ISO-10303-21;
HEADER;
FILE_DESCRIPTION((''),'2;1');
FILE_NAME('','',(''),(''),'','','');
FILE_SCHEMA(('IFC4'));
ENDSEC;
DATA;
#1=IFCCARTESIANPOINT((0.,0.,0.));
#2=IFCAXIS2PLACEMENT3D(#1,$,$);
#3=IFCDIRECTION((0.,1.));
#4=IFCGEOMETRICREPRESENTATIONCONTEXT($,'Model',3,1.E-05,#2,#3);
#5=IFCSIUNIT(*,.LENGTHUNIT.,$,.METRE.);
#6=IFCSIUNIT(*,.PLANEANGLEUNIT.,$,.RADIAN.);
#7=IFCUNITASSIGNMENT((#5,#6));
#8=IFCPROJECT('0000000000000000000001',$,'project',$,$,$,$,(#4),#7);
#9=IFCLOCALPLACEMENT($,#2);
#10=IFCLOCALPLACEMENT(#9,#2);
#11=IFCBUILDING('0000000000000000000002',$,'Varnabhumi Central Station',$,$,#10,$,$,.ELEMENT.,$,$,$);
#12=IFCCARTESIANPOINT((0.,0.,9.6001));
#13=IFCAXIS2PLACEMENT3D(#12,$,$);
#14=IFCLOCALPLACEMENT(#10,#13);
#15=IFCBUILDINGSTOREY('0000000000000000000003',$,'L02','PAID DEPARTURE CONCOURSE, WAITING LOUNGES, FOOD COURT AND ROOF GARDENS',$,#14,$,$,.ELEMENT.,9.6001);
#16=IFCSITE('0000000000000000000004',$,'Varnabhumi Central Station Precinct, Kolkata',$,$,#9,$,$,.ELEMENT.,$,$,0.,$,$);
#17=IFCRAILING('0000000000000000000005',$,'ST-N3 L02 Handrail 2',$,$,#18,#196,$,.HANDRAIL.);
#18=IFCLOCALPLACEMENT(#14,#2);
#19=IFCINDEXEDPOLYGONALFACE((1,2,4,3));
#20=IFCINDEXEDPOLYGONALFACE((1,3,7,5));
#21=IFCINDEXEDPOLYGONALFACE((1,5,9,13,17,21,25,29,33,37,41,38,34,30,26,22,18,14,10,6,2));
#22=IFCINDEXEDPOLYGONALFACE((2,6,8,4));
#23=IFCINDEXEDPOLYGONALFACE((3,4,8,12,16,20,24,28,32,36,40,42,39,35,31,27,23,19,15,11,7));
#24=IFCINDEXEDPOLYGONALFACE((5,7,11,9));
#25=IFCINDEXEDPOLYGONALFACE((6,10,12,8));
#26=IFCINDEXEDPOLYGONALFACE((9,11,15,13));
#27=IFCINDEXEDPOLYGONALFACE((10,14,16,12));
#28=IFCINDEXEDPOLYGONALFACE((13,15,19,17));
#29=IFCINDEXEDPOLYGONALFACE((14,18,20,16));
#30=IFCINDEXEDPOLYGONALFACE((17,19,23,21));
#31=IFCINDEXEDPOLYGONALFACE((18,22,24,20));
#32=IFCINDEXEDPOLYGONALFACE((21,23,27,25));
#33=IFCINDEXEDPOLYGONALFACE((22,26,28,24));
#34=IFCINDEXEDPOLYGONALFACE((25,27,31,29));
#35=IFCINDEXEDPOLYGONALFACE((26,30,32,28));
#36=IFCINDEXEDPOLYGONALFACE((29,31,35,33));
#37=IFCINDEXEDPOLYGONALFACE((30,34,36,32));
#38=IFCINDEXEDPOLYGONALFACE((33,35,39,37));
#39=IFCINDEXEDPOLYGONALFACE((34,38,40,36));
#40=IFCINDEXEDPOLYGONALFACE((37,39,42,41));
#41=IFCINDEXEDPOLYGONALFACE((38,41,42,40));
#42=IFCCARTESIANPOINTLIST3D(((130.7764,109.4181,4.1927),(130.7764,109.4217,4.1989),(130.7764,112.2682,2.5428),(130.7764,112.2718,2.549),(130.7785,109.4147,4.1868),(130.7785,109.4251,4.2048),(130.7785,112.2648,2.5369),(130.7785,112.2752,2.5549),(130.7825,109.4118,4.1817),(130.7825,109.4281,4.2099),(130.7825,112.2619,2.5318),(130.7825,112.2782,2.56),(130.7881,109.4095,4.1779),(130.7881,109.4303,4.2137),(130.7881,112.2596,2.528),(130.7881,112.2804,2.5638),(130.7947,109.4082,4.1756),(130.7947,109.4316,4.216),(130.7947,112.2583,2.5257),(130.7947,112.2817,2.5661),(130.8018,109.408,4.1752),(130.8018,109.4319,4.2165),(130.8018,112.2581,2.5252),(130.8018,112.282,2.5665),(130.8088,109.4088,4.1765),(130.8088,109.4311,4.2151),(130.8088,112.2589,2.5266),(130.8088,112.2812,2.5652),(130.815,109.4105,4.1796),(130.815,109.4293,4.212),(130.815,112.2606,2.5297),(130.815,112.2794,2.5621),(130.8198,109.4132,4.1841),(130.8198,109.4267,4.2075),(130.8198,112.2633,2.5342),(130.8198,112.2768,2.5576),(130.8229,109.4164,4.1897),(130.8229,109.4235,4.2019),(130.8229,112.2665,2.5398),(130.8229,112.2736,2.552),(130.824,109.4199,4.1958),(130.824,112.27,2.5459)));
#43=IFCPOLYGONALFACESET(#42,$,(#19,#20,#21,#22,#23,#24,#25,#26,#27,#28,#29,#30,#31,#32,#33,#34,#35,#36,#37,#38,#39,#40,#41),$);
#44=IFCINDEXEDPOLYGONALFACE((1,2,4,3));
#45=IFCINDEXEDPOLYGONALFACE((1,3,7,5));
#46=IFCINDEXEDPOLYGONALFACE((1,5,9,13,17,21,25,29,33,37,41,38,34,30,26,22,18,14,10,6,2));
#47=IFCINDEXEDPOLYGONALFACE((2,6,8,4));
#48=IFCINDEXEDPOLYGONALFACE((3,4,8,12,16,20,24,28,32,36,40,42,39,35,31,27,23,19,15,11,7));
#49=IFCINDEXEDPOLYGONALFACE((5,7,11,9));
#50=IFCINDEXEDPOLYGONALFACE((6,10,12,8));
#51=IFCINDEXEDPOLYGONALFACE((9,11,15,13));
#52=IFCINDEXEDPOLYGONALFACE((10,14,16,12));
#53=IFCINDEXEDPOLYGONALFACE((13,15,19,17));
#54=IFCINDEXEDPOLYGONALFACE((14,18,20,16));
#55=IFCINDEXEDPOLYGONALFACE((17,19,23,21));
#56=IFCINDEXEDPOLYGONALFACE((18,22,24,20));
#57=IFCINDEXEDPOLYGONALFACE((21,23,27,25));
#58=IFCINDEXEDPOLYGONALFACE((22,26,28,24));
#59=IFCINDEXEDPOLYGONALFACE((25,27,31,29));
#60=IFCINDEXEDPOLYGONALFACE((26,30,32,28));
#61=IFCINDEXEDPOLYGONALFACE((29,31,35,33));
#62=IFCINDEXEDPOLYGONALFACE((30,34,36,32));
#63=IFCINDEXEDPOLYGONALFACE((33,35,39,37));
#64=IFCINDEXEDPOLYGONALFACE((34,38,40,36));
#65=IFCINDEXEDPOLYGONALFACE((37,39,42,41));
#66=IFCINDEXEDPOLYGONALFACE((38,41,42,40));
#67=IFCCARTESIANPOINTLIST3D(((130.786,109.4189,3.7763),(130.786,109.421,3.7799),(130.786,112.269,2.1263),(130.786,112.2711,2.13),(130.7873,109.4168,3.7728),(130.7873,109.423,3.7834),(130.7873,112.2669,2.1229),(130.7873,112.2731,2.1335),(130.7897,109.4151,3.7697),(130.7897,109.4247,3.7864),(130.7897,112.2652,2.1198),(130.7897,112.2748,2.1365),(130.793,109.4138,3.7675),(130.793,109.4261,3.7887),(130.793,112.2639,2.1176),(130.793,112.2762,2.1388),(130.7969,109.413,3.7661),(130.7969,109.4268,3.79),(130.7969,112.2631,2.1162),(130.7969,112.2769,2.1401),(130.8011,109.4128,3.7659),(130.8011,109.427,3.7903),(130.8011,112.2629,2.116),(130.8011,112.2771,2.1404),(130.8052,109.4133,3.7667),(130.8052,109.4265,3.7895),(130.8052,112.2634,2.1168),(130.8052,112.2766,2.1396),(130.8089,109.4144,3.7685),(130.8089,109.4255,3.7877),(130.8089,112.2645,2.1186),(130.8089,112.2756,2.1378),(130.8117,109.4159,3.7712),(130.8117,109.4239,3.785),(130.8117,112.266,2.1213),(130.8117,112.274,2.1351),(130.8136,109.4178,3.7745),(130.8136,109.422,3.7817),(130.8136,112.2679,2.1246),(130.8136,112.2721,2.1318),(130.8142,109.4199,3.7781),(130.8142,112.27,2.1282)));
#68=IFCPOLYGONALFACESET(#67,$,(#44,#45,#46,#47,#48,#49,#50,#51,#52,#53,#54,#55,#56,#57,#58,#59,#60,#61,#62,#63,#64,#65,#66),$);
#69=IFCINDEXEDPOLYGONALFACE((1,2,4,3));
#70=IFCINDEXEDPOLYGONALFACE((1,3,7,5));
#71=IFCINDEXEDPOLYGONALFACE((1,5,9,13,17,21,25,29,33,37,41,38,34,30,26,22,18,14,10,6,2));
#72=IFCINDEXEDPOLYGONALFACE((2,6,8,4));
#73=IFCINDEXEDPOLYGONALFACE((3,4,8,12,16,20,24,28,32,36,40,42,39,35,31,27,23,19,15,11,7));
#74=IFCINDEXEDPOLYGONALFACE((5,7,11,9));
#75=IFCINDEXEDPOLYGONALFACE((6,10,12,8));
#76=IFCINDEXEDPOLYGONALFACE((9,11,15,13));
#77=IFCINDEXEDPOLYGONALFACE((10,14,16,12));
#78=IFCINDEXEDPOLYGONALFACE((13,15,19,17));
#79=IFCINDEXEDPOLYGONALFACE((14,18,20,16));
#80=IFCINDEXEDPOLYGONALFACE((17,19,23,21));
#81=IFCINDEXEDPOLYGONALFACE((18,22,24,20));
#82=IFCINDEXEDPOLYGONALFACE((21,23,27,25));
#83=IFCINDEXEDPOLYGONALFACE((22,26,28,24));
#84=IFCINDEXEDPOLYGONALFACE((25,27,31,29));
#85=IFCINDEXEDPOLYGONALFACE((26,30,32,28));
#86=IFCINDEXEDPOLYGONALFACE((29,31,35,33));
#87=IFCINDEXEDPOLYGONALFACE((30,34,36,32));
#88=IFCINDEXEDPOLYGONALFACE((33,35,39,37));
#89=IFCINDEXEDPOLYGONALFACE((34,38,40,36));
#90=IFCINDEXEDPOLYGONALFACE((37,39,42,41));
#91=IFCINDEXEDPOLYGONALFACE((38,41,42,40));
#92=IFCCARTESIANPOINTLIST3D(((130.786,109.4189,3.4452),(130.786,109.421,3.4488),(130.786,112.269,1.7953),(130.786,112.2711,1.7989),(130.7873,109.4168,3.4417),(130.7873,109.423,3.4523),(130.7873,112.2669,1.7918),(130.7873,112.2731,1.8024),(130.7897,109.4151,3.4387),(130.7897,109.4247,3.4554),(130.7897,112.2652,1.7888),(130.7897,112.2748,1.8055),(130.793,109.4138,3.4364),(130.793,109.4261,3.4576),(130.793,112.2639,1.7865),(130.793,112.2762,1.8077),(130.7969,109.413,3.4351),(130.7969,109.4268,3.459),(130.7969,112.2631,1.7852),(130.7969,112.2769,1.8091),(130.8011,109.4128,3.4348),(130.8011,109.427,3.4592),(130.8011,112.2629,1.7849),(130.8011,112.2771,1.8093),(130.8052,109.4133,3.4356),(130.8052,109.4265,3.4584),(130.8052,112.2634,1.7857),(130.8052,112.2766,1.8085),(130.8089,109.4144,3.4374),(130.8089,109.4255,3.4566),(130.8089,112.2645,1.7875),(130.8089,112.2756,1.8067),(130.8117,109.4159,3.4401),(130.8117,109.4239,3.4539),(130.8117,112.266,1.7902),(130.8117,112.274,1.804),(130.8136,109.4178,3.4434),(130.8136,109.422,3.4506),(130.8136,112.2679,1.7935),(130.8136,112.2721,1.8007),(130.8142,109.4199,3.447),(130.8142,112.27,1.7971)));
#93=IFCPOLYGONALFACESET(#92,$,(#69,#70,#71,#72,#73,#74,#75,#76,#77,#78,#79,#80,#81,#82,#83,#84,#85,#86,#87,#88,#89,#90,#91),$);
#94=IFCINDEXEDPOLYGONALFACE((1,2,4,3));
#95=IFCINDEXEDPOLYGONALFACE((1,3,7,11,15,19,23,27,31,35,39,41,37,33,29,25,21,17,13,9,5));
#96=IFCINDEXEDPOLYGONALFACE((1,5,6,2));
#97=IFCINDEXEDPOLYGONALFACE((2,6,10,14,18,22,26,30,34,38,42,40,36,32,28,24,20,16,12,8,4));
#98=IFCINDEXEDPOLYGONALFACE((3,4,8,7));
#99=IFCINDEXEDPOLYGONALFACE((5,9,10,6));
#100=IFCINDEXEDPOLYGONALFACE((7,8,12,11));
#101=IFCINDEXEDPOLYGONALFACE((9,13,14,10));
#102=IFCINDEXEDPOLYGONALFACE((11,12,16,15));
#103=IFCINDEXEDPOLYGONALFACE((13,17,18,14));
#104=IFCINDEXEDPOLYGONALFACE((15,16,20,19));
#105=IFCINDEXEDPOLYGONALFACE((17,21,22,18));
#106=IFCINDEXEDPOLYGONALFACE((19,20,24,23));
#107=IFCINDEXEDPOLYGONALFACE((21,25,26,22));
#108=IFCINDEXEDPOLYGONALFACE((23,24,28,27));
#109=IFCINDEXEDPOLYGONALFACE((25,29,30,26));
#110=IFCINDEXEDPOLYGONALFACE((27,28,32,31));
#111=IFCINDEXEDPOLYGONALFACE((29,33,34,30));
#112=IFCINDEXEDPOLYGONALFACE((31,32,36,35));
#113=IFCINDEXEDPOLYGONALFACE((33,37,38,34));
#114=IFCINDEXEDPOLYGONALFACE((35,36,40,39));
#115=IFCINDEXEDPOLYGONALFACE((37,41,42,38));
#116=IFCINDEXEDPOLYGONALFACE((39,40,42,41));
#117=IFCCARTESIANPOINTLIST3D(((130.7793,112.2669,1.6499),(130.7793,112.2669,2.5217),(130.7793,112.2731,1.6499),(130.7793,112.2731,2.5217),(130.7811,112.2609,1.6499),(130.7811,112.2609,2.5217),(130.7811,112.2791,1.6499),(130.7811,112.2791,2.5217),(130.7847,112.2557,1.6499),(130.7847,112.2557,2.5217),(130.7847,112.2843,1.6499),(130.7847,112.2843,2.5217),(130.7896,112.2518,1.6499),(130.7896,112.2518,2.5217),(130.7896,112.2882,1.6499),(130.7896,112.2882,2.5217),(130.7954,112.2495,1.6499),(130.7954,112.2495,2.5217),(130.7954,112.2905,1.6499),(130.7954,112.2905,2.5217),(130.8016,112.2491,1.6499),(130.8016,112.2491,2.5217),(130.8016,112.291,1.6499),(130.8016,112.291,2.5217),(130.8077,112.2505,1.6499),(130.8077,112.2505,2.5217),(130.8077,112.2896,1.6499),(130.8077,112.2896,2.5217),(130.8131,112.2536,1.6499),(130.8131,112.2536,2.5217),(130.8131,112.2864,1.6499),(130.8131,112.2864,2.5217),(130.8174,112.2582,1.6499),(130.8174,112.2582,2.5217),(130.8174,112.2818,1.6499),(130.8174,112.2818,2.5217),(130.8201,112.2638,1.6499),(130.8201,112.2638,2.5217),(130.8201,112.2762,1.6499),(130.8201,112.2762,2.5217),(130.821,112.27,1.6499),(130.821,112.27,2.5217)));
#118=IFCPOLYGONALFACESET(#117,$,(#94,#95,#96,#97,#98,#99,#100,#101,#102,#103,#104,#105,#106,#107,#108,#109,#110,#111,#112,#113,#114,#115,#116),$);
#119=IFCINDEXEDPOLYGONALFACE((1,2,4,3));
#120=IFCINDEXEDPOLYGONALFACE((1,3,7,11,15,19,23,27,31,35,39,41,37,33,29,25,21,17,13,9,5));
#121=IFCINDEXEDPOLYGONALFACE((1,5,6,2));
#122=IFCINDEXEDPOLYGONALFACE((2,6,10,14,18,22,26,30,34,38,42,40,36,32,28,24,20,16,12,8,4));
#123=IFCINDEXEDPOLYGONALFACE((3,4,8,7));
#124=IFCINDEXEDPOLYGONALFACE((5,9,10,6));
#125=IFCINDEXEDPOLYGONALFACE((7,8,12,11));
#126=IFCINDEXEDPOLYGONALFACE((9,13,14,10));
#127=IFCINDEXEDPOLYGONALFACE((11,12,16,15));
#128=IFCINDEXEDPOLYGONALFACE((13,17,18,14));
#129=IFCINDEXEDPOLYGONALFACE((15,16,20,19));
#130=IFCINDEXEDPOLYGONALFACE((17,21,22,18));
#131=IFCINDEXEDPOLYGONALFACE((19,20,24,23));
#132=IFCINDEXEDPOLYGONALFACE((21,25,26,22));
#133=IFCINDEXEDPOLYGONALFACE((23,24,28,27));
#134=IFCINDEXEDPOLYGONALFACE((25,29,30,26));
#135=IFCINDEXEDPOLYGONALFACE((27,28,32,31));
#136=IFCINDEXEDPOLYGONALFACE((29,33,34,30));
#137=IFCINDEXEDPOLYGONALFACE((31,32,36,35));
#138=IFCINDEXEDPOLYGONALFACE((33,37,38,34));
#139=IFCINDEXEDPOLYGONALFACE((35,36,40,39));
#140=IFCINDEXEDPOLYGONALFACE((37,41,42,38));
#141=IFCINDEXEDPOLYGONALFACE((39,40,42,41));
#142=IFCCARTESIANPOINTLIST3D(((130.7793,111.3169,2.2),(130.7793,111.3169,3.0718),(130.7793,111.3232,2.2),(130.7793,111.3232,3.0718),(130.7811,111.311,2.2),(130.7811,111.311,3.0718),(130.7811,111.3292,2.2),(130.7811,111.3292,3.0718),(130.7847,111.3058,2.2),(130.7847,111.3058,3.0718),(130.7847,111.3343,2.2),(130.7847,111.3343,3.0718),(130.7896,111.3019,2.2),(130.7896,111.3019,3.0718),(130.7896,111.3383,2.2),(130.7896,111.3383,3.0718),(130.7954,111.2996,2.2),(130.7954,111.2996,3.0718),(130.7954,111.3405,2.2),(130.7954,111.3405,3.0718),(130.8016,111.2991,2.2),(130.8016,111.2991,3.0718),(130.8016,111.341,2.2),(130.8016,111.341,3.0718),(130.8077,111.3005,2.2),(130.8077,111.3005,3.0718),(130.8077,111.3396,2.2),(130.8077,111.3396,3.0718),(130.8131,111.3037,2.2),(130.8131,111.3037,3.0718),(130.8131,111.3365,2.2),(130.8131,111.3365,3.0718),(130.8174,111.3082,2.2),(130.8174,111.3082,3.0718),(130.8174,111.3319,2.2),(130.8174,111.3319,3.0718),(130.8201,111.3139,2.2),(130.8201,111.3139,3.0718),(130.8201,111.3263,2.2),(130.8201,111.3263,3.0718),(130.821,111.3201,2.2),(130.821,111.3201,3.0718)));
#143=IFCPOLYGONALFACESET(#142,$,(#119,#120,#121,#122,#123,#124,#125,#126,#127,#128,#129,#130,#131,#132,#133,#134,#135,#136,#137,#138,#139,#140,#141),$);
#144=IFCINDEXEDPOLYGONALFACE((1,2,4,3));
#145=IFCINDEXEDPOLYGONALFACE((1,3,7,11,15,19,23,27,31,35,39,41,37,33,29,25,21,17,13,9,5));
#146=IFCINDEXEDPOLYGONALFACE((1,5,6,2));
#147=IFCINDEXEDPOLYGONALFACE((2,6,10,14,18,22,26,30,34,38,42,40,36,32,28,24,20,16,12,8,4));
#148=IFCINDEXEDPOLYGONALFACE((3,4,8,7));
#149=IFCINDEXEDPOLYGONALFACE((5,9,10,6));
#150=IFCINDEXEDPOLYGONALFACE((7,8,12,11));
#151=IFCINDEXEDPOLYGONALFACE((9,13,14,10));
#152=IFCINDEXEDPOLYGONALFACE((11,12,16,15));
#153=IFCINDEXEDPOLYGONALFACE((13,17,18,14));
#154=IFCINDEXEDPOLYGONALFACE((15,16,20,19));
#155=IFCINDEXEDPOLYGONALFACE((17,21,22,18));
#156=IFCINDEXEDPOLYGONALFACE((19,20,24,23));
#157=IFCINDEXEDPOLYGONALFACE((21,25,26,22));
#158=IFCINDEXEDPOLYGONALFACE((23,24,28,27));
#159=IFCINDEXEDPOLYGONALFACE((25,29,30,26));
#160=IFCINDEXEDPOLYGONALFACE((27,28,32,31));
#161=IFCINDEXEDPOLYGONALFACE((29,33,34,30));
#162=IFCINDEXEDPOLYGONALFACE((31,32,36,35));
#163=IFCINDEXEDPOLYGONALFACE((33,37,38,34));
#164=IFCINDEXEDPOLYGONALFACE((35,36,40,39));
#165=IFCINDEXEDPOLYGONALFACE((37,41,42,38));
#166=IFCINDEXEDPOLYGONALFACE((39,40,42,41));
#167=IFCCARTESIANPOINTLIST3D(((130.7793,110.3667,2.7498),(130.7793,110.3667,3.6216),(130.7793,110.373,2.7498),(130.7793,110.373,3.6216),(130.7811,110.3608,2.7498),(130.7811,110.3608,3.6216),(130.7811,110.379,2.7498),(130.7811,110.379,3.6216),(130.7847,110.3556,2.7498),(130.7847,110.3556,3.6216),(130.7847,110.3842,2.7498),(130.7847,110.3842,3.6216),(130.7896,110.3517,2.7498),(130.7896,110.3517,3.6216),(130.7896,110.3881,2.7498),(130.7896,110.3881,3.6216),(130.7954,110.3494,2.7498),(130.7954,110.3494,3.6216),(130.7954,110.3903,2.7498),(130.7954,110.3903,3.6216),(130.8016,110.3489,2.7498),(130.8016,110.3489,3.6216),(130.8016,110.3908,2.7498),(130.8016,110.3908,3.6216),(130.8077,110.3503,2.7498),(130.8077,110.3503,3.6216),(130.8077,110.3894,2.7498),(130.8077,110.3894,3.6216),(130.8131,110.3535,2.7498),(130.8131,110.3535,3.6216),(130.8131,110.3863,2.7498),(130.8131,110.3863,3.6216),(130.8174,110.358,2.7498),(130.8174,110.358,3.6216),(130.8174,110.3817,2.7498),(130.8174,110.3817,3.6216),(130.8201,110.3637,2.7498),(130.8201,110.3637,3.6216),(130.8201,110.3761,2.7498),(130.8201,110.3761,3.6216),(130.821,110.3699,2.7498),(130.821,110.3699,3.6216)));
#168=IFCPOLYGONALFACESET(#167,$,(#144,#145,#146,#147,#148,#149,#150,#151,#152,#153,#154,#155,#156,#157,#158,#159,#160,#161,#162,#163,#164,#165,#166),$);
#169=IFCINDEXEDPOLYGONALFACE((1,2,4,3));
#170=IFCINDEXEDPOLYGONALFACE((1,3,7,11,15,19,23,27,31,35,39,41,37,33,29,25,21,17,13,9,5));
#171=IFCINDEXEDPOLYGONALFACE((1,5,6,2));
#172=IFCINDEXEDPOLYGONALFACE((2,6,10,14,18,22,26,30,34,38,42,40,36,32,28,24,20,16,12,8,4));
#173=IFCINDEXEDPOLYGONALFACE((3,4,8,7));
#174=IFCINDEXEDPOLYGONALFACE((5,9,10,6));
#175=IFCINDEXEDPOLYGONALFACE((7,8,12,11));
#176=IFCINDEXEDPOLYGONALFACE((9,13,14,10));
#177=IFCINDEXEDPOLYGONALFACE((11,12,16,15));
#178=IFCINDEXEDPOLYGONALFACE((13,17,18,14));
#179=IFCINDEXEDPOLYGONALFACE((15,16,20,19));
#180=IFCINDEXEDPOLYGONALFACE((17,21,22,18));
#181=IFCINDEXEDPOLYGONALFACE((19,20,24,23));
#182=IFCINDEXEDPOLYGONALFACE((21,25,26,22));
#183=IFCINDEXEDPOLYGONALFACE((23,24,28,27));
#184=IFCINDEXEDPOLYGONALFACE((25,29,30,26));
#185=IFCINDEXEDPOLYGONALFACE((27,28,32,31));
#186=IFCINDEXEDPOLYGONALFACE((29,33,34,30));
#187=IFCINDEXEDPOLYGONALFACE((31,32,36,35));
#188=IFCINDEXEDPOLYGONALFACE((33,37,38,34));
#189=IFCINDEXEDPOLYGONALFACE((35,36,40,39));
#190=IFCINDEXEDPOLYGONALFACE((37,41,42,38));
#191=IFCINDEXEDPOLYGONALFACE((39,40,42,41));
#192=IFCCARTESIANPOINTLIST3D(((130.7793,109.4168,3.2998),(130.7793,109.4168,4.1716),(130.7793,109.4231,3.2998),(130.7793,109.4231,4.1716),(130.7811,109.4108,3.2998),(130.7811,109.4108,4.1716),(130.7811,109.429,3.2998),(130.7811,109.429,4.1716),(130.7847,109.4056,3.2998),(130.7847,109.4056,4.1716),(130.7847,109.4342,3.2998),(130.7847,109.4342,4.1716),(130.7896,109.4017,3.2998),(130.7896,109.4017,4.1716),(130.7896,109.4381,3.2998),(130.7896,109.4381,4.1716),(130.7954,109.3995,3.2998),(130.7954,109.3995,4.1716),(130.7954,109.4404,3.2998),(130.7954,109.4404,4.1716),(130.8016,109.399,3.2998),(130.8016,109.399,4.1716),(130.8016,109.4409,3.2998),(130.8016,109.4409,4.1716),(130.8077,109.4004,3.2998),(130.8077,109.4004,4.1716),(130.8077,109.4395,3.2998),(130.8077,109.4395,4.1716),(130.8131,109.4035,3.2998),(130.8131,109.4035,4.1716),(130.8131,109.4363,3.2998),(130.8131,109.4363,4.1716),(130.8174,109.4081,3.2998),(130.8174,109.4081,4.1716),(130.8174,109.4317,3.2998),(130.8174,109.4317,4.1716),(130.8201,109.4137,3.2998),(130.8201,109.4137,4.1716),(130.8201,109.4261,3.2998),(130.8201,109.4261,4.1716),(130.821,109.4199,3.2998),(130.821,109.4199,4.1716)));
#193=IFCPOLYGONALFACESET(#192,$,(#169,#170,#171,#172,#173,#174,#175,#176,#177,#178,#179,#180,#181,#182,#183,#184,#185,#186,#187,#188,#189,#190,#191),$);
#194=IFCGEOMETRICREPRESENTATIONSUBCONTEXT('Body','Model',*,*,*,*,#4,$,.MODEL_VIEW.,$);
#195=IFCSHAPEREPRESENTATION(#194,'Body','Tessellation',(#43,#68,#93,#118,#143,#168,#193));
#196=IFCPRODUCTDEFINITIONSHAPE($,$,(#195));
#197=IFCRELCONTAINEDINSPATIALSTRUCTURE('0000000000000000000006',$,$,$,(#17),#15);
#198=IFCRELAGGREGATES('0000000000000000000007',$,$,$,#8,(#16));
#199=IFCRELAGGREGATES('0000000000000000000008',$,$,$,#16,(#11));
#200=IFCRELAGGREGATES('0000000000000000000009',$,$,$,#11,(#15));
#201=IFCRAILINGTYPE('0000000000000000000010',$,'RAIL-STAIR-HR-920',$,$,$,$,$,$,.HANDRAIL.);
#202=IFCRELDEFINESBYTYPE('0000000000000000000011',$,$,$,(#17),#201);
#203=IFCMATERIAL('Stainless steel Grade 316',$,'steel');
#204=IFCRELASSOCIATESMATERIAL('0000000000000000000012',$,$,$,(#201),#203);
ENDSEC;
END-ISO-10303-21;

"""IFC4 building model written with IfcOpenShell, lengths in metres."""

from ifc_helpers import new_model, si_unit, direction, frame, origin, origin_2d, place, context, subcontext, project, spatial, circle, extrude, material, type_object, element, save


model = new_model("IFC4")

# Units and contexts
model_context = context("Model", 3, precision=1e-05, world=origin(), true_north=direction((0.0, 1.0)))
body_context = subcontext(model_context, "Body", "Model", "MODEL_VIEW")
ifc_project = project(units=[si_unit("LENGTHUNIT", "METRE"), si_unit("PLANEANGLEUNIT", "RADIAN")], contexts=[model_context])

# Site, building, storey
site_placement = place(None, origin())
site = spatial("IfcSite", under=ifc_project, at=site_placement, Name="Varnabhumi Central Station Precinct, Kolkata", CompositionType="ELEMENT", RefElevation=0.0)
building_placement = place(site_placement, origin())
building = spatial("IfcBuilding", under=site, at=building_placement, Name="Varnabhumi Central Station", CompositionType="ELEMENT")
storey_placement = place(building_placement, frame((0.0, 0.0, 9.6001)))
storey = spatial("IfcBuildingStorey", under=building, at=storey_placement, Name="L02", Description="PAID DEPARTURE CONCOURSE, WAITING LOUNGES, FOOD COURT AND ROOF GARDENS", CompositionType="ELEMENT", Elevation=9.6001)

# Shared definitions
ifc_material_1 = material(Name="Stainless steel Grade 316", Category="steel")

# Railing
railing_type_1 = type_object("IfcRailingType", Name="RAIL-STAIR-HR-920", PredefinedType="HANDRAIL", material=ifc_material_1)
railing_1_placement = place(storey_placement, frame((130.8, 112.27, 1.6499)))
element("IfcRailing", 1, at=railing_1_placement, inside=storey, type_object=railing_type_1, Name="ST-N3 L02 Handrail 2", PredefinedType="HANDRAIL", context=body_context, shape_type="SweptSolid", body=[
    extrude(circle(Radius=0.0239, at=origin_2d()), frame((0.0, 0.0, 0.896), z_axis=(0.0, -0.865447, 0.501001), x_axis=(1.0, 0.0, 0.0)), (0.0, 0.0, 1.0), 3.2932),
    extrude(circle(Radius=0.0142, at=origin_2d()), frame((0.0, 0.0, 0.4783), z_axis=(0.0, -0.865447, 0.501001), x_axis=(1.0, 0.0, 0.0)), (0.0, 0.0, 1.0), 3.2932),
    extrude(circle(Radius=0.0142, at=origin_2d()), frame((0.0, 0.0, 0.1472), z_axis=(0.0, -0.865447, 0.501001), x_axis=(1.0, 0.0, 0.0)), (0.0, 0.0, 1.0), 3.2932),
    extrude(circle(Radius=0.021, at=origin_2d()), origin(), (0.0, 0.0, 1.0), 0.8718),
    extrude(circle(Radius=0.021, at=origin_2d()), frame((0.0, -0.95, 0.55)), (0.0, 0.0, 1.0), 0.8718),
    extrude(circle(Radius=0.021, at=origin_2d()), frame((0.0, -1.9001, 1.0999)), (0.0, 0.0, 1.0), 0.8718),
    extrude(circle(Radius=0.021, at=origin_2d()), frame((0.0, -2.8501, 1.6499)), (0.0, 0.0, 1.0), 0.8718),
])

save(model, "model.ifc")
